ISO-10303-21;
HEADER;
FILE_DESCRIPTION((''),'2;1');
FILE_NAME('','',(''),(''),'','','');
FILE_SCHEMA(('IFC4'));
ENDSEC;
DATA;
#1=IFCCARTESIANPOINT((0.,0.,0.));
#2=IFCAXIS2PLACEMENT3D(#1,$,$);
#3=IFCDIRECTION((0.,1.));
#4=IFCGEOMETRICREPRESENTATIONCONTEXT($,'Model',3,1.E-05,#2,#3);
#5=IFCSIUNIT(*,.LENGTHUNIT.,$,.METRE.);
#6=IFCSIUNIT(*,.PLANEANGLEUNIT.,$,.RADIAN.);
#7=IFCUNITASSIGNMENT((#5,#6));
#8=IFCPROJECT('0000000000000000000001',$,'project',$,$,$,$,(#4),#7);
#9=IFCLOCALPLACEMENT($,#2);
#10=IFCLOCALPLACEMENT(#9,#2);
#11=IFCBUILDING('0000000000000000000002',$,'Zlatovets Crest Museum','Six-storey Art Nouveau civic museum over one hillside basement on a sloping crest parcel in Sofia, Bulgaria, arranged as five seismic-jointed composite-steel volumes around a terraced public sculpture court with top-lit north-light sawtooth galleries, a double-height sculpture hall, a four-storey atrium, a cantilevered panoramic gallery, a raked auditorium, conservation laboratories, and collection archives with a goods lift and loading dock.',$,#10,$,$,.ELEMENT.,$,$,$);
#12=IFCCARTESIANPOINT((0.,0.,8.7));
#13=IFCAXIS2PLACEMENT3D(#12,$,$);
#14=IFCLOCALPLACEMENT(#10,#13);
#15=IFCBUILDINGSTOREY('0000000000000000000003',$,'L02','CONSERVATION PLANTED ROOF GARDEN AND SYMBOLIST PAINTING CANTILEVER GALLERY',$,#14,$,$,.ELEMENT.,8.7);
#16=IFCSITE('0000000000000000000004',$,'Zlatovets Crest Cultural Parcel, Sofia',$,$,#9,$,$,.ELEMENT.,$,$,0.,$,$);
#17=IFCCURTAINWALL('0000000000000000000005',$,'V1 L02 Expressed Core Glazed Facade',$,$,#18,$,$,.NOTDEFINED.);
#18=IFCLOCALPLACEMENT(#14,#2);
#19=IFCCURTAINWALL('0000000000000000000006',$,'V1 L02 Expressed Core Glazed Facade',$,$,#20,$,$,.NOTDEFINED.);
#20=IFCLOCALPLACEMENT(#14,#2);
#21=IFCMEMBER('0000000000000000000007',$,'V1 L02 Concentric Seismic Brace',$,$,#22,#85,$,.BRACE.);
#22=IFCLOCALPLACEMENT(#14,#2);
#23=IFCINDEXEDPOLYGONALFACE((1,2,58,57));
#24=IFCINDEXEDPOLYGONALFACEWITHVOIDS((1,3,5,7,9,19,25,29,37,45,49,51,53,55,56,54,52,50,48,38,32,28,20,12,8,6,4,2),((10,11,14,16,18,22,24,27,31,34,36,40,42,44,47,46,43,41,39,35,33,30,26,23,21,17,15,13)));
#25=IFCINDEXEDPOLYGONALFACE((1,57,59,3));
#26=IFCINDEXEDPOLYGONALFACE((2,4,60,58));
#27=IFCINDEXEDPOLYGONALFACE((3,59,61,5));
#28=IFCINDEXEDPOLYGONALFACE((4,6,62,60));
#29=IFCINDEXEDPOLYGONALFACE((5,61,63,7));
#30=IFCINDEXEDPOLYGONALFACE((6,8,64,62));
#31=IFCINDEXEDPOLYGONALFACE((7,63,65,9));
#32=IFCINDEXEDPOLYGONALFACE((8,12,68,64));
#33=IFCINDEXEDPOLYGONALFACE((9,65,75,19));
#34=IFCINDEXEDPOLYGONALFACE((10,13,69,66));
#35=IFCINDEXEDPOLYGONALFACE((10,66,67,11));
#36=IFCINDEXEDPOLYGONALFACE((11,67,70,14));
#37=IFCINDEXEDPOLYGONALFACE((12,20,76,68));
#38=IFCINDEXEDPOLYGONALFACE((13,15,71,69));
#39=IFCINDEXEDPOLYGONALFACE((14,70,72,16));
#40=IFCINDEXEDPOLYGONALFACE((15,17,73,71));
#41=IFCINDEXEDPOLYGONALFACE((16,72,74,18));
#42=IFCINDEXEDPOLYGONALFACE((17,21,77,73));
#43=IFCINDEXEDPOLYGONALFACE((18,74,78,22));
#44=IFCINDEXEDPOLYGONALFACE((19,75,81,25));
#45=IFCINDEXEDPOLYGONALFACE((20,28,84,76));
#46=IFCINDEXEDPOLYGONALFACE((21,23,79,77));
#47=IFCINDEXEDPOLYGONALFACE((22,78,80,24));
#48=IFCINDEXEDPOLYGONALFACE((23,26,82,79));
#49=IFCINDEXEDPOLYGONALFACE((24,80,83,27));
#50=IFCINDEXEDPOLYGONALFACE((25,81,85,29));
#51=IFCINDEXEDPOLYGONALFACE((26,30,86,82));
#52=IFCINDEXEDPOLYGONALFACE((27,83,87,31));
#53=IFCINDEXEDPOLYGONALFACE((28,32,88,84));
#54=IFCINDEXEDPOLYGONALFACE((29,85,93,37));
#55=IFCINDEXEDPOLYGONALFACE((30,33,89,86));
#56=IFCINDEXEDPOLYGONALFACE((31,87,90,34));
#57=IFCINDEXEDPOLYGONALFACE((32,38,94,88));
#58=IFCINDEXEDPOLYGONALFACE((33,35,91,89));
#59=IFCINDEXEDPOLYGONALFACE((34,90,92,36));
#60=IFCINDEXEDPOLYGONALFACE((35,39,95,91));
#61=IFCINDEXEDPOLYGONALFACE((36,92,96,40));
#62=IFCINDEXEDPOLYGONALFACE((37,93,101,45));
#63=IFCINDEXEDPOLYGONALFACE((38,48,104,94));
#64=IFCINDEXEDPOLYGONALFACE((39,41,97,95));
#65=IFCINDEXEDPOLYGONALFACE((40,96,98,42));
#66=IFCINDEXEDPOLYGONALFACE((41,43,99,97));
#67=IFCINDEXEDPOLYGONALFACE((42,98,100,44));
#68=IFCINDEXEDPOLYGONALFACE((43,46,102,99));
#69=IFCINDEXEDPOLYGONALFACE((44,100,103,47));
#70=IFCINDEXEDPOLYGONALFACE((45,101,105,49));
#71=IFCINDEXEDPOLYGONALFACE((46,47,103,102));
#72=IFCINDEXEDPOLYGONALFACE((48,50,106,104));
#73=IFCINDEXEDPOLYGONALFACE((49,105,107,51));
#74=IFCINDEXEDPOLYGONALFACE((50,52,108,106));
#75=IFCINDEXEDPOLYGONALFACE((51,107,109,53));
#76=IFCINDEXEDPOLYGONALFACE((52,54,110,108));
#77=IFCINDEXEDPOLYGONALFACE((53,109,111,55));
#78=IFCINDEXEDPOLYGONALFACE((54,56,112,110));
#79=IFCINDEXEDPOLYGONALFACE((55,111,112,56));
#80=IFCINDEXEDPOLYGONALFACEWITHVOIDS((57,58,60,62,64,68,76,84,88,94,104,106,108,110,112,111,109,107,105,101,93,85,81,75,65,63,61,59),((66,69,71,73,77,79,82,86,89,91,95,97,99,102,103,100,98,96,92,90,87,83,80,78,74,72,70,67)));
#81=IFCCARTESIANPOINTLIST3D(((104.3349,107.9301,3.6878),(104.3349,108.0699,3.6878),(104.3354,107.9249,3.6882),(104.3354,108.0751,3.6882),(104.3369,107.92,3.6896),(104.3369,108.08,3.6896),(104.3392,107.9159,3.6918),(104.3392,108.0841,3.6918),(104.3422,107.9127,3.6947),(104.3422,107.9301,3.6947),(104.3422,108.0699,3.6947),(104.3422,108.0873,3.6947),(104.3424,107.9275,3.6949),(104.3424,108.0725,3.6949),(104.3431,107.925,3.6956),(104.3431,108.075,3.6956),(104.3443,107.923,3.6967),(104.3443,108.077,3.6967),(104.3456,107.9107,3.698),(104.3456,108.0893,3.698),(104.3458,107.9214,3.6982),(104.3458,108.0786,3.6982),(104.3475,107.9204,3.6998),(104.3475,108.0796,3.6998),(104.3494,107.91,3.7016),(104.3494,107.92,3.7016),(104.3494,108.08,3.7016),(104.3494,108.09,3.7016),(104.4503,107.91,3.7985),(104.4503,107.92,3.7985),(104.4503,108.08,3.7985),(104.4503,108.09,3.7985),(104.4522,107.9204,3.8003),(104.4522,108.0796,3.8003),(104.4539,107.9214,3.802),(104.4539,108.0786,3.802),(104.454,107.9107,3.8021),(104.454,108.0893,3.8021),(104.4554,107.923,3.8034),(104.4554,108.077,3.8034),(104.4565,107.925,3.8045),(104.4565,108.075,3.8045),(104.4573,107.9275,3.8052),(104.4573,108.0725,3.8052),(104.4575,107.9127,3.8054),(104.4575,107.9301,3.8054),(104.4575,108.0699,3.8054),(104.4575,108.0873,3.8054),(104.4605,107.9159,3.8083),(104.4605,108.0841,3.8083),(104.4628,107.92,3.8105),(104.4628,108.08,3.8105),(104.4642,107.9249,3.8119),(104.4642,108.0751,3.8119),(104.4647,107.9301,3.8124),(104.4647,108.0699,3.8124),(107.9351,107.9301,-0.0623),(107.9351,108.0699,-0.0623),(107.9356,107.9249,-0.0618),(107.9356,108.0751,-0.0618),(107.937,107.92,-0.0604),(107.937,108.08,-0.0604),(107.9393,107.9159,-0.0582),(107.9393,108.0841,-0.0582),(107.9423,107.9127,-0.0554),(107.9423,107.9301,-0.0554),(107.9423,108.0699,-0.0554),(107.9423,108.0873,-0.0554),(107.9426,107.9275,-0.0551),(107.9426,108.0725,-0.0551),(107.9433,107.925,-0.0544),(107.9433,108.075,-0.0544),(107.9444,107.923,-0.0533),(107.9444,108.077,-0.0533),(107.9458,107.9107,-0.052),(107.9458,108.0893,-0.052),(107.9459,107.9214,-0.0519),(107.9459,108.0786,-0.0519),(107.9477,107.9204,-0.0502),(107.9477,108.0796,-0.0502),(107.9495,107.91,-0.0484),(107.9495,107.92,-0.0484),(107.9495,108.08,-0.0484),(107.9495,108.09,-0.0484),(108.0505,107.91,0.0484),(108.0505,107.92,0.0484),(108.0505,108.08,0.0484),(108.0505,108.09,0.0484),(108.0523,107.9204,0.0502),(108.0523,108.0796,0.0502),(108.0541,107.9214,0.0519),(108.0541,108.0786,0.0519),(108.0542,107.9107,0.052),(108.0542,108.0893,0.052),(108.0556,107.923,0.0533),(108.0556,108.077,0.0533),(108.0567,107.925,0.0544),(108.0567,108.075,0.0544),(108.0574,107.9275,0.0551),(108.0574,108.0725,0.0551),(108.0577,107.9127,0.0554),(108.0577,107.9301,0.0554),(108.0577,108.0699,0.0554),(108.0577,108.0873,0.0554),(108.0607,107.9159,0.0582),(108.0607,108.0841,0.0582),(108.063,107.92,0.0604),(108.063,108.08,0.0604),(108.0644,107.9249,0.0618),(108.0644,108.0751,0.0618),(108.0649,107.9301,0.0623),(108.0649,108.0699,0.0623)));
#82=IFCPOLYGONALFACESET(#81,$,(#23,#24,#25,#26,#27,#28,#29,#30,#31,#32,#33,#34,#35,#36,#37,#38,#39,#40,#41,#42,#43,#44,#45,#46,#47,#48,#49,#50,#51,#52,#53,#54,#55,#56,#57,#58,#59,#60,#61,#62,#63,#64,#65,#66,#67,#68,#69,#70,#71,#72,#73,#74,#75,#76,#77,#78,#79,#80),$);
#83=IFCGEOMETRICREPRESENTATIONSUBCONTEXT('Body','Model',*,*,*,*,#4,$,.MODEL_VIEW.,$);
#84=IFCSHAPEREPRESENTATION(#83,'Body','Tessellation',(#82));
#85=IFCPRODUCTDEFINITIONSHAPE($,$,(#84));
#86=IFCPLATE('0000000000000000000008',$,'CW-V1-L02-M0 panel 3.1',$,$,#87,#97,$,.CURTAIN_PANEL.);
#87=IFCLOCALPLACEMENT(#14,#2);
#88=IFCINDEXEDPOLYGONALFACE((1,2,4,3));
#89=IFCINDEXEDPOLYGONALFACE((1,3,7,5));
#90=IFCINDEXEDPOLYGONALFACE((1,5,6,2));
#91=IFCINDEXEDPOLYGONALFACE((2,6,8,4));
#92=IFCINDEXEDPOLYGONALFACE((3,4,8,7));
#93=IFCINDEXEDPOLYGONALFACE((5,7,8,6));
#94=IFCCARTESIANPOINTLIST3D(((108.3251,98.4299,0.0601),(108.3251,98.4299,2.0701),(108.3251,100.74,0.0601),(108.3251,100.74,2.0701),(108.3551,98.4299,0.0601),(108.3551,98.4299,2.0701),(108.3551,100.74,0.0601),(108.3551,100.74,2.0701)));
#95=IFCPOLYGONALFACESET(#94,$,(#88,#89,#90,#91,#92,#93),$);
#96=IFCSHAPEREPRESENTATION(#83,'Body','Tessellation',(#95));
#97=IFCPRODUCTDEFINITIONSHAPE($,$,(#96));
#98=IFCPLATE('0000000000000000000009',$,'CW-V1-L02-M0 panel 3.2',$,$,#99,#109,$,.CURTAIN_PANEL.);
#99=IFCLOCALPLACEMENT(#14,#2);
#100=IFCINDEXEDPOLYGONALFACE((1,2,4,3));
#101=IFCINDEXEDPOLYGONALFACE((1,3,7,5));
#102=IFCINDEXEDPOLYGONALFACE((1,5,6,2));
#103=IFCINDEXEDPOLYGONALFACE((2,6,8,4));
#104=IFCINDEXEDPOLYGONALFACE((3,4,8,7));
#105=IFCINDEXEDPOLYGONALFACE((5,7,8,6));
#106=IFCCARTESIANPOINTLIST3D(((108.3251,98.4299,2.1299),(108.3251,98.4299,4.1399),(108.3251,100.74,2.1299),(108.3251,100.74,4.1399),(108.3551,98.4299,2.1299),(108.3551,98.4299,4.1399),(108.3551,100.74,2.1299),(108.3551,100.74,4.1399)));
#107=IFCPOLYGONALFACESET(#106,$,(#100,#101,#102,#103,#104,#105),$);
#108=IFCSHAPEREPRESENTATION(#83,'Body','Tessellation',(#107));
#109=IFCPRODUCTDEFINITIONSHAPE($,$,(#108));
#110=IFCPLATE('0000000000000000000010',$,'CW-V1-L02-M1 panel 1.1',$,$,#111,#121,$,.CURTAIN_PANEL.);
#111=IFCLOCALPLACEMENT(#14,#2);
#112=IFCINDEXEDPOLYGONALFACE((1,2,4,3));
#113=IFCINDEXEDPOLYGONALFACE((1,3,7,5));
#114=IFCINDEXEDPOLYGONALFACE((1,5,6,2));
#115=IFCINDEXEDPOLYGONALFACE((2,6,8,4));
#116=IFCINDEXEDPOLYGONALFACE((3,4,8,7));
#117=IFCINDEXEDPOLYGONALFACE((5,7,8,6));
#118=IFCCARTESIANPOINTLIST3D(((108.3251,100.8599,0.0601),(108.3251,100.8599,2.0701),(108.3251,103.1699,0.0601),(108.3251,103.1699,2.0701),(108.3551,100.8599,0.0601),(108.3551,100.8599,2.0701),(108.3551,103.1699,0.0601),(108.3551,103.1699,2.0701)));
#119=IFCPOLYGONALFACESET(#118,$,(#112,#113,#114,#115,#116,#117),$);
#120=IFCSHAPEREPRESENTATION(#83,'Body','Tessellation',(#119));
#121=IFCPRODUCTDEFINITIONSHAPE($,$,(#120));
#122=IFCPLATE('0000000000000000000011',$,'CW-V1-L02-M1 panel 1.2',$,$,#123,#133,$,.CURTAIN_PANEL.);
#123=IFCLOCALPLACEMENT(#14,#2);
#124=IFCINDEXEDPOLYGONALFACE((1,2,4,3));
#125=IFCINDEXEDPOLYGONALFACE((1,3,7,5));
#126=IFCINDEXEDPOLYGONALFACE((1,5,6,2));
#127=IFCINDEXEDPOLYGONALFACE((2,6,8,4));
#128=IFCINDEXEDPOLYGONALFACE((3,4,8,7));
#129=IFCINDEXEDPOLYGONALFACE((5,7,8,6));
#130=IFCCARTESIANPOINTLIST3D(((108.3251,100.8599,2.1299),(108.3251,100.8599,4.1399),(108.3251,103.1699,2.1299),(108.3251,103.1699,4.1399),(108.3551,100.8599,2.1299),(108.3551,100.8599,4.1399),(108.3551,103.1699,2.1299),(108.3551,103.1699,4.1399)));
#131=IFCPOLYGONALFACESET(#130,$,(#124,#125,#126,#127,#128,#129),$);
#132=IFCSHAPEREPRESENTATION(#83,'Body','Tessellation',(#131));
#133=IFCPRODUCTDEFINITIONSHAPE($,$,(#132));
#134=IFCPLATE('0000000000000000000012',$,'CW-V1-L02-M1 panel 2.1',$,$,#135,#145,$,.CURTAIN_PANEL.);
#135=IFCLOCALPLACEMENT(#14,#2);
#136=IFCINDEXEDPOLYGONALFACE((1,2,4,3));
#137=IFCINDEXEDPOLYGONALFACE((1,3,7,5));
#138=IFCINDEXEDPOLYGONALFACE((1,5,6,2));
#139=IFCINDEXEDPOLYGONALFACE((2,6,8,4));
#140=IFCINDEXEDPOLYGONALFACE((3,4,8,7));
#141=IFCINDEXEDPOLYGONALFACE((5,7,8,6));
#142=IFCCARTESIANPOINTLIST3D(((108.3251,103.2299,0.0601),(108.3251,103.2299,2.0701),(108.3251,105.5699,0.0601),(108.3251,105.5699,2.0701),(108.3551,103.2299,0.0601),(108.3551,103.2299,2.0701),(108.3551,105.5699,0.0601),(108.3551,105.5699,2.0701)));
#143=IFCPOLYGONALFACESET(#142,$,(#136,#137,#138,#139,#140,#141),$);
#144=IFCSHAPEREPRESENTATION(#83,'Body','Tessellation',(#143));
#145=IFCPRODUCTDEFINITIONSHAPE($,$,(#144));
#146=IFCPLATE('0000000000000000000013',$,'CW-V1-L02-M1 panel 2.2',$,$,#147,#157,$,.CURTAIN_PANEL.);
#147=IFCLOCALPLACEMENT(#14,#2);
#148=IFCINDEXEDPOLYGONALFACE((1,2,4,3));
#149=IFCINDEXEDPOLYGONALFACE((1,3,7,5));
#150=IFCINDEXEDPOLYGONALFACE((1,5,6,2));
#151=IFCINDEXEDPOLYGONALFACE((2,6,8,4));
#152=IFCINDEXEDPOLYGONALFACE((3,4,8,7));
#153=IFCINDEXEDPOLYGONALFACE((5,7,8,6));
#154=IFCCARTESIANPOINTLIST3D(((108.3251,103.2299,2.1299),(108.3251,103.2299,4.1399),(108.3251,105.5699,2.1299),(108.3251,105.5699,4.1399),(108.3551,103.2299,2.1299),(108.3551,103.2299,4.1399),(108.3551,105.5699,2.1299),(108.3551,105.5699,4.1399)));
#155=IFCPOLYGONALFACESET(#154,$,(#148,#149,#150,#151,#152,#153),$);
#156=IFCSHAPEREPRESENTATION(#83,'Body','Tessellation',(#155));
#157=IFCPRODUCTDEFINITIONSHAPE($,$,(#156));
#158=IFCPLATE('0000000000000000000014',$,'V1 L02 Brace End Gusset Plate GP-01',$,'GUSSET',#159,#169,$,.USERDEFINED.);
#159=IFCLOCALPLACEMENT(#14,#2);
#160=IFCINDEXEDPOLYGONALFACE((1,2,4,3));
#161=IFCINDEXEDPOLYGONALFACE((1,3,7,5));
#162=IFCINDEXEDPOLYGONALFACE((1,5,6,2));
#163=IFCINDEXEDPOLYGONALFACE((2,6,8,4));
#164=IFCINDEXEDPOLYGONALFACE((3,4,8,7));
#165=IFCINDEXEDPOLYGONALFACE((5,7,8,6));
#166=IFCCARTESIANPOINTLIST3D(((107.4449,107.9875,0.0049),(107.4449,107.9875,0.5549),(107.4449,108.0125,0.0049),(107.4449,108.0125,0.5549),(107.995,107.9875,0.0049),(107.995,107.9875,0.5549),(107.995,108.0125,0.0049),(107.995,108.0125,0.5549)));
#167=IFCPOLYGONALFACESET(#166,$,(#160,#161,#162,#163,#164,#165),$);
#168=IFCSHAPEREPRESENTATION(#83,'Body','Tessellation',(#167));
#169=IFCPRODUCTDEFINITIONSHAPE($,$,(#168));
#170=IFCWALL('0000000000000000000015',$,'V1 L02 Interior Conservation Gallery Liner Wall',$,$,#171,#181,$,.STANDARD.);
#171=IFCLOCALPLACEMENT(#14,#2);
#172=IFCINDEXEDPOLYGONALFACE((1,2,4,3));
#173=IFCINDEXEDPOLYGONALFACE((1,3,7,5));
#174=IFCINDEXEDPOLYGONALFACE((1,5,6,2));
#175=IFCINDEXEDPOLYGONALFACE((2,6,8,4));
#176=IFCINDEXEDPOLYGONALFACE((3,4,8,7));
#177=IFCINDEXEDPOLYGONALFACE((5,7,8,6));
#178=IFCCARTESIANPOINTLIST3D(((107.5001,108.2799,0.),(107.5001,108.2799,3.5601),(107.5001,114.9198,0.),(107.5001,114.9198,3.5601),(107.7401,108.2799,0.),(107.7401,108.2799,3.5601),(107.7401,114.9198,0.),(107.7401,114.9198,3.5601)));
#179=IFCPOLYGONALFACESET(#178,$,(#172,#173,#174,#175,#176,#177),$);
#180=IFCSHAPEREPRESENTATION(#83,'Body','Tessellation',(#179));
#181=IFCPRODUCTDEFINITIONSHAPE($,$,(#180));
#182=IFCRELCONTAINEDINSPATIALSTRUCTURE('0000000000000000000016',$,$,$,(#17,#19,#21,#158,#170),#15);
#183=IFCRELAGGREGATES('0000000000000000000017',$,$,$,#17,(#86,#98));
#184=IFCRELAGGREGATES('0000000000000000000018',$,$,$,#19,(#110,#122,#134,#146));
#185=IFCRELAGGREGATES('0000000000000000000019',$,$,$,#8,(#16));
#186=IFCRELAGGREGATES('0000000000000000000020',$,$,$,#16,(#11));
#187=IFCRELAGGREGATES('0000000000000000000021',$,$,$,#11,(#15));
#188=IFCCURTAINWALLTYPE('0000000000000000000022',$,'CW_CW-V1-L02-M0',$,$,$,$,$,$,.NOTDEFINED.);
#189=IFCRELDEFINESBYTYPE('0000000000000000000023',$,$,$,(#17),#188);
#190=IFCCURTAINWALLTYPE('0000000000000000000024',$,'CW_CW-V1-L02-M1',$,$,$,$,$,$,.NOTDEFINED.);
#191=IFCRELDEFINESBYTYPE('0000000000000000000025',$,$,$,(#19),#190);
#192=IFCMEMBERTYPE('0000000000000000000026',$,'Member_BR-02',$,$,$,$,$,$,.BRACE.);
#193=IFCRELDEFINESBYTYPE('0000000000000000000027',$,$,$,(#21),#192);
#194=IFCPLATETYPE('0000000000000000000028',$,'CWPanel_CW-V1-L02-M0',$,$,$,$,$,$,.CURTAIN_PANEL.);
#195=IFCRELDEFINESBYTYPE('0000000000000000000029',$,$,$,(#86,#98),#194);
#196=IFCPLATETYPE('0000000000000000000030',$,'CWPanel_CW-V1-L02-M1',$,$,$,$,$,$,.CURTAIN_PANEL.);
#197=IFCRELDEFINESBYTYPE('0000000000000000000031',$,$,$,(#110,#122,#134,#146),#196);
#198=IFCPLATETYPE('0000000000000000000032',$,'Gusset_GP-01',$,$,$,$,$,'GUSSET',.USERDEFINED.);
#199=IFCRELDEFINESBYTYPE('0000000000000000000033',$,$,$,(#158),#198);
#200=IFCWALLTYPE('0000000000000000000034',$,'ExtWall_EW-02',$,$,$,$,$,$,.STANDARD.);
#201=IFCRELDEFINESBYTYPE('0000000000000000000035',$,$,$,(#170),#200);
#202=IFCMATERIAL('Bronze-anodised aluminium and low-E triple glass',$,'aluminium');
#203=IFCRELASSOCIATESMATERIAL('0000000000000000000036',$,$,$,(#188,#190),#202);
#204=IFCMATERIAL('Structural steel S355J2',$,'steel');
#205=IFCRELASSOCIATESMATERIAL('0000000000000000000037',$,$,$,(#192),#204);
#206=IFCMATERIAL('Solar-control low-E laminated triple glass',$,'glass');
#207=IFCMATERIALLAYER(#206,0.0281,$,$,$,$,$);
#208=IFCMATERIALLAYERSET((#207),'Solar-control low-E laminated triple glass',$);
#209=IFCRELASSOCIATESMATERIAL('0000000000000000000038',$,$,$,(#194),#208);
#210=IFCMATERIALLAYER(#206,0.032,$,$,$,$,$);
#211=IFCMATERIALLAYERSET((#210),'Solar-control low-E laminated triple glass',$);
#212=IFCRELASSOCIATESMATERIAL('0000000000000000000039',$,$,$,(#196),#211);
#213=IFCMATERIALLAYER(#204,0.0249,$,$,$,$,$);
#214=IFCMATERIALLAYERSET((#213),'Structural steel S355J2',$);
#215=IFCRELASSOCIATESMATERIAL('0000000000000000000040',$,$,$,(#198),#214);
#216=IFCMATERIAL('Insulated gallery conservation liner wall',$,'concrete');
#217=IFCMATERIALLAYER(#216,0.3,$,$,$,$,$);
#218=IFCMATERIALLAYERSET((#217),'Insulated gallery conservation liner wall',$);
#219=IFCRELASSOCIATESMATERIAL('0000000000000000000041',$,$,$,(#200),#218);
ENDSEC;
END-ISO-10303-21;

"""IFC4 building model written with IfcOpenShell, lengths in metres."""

from ifc_helpers import new_model, si_unit, direction, frame, frame_2d, origin, origin_2d, place, context, subcontext, project, spatial, rectangle, hollow_rectangle, extrude, material, layer, layer_set, material_profile, profile_set, type_object, element, aggregate, save


model = new_model("IFC4")

# Units and contexts
model_context = context("Model", 3, precision=1e-05, world=origin(), true_north=direction((0.0, 1.0)))
body_context = subcontext(model_context, "Body", "Model", "MODEL_VIEW")
ifc_project = project(units=[si_unit("LENGTHUNIT", "METRE"), si_unit("PLANEANGLEUNIT", "RADIAN")], contexts=[model_context])

# Site, building, storey
site_placement = place(None, origin())
site = spatial("IfcSite", under=ifc_project, at=site_placement, Name="Zlatovets Crest Cultural Parcel, Sofia", CompositionType="ELEMENT", RefElevation=0.0)
building_placement = place(site_placement, origin())
building = spatial("IfcBuilding", under=site, at=building_placement, Name="Zlatovets Crest Museum", Description="Six-storey Art Nouveau civic museum over one hillside basement on a sloping crest parcel in Sofia, Bulgaria, arranged as five seismic-jointed composite-steel volumes around a terraced public sculpture court with top-lit north-light sawtooth galleries, a double-height sculpture hall, a four-storey atrium, a cantilevered panoramic gallery, a raked auditorium, conservation laboratories, and collection archives with a goods lift and loading dock.", CompositionType="ELEMENT")
storey_placement = place(building_placement, frame((0.0, 0.0, 8.7)))
storey = spatial("IfcBuildingStorey", under=building, at=storey_placement, Name="L02", Description="CONSERVATION PLANTED ROOF GARDEN AND SYMBOLIST PAINTING CANTILEVER GALLERY", CompositionType="ELEMENT", Elevation=8.7)

# Shared definitions
ifc_material_1 = material(Name="Structural steel S355J2", Category="steel")

# Curtain wall
ifc_material_2 = material(Name="Bronze-anodised aluminium and low-E triple glass", Category="aluminium")
curtain_wall_type_1 = type_object("IfcCurtainWallType", Name="CW_CW-V1-L02-M0", PredefinedType="NOTDEFINED", material=ifc_material_2)
curtain_wall_1_placement = place(storey_placement, origin())
curtain_wall_1 = element("IfcCurtainWall", 1, at=curtain_wall_1_placement, inside=storey, type_object=curtain_wall_type_1, Name="V1 L02 Expressed Core Glazed Facade", PredefinedType="NOTDEFINED")

# Curtain wall
curtain_wall_type_2 = type_object("IfcCurtainWallType", Name="CW_CW-V1-L02-M1", PredefinedType="NOTDEFINED", material=ifc_material_2)
curtain_wall_2_placement = place(storey_placement, origin())
curtain_wall_2 = element("IfcCurtainWall", 2, at=curtain_wall_2_placement, inside=storey, type_object=curtain_wall_type_2, Name="V1 L02 Expressed Core Glazed Facade", PredefinedType="NOTDEFINED")

# Member
ifc_material_profile_1 = material_profile(ifc_material_1, hollow_rectangle(XDim=0.1799, YDim=0.1799, WallThickness=0.01, InnerFilletRadius=0.01, OuterFilletRadius=0.02, at=origin_2d()), Name="SHS 180x180x10.0")
ifc_profile_set_1 = profile_set([ifc_material_profile_1], Name="Structural steel S355J2")
member_type_1 = type_object("IfcMemberType", Name="Member_BR-02", PredefinedType="BRACE", material=ifc_profile_set_1)
member_1_placement = place(storey_placement, frame((108.0, 108.0, 0.0), z_axis=(-0.692542, 0.0, 0.721378), x_axis=(0.0, -1.0, 0.0)))
element("IfcMember", 3, at=member_1_placement, inside=storey, type_object=member_type_1, Name="V1 L02 Concentric Seismic Brace", PredefinedType="BRACE", context=body_context, shape_type="SweptSolid", body=[
    extrude(hollow_rectangle(XDim=0.1799, YDim=0.1799, WallThickness=0.01, InnerFilletRadius=0.01, OuterFilletRadius=0.02, at=origin_2d()), origin(), (0.0, 0.0, 1.0), 5.1985),
])

# Plates
ifc_material_3 = material(Name="Solar-control low-E laminated triple glass", Category="glass")
ifc_layer_1 = layer(ifc_material_3, 0.0281)
ifc_layer_set_1 = layer_set([ifc_layer_1], Name="Solar-control low-E laminated triple glass")
plate_type_1 = type_object("IfcPlateType", Name="CWPanel_CW-V1-L02-M0", PredefinedType="CURTAIN_PANEL", material=ifc_layer_set_1)
plate_1_placement = place(storey_placement, frame((108.3401, 99.585, 0.0601), z_axis=(0.0, 0.0, 1.0), x_axis=(0.0, 1.0, 0.0)))
plate_1 = element("IfcPlate", 4, at=plate_1_placement, type_object=plate_type_1, Name="CW-V1-L02-M0 panel 3.1", PredefinedType="CURTAIN_PANEL", context=body_context, shape_type="SweptSolid", body=[
    extrude(rectangle(XDim=2.3101, YDim=0.03, at=origin_2d()), origin(), (0.0, 0.0, 1.0), 2.01),
])
plate_2_placement = place(storey_placement, frame((108.3401, 99.585, 2.1299), z_axis=(0.0, 0.0, 1.0), x_axis=(0.0, 1.0, 0.0)))
plate_2 = element("IfcPlate", 5, at=plate_2_placement, type_object=plate_type_1, Name="CW-V1-L02-M0 panel 3.2", PredefinedType="CURTAIN_PANEL", context=body_context, shape_type="SweptSolid", body=[
    extrude(rectangle(XDim=2.3101, YDim=0.03, at=origin_2d()), origin(), (0.0, 0.0, 1.0), 2.01),
])
aggregate(curtain_wall_1, [plate_1, plate_2])
ifc_layer_2 = layer(ifc_material_3, 0.032)
ifc_layer_set_2 = layer_set([ifc_layer_2], Name="Solar-control low-E laminated triple glass")
plate_type_2 = type_object("IfcPlateType", Name="CWPanel_CW-V1-L02-M1", PredefinedType="CURTAIN_PANEL", material=ifc_layer_set_2)
plate_3_placement = place(storey_placement, frame((108.3401, 102.0149, 0.0601), z_axis=(0.0, 0.0, 1.0), x_axis=(0.0, 1.0, 0.0)))
plate_3 = element("IfcPlate", 6, at=plate_3_placement, type_object=plate_type_2, Name="CW-V1-L02-M1 panel 1.1", PredefinedType="CURTAIN_PANEL", context=body_context, shape_type="SweptSolid", body=[
    extrude(rectangle(XDim=2.3101, YDim=0.03, at=origin_2d()), origin(), (0.0, 0.0, 1.0), 2.01),
])
plate_4_placement = place(storey_placement, frame((108.3401, 102.0149, 2.1299), z_axis=(0.0, 0.0, 1.0), x_axis=(0.0, 1.0, 0.0)))
plate_4 = element("IfcPlate", 7, at=plate_4_placement, type_object=plate_type_2, Name="CW-V1-L02-M1 panel 1.2", PredefinedType="CURTAIN_PANEL", context=body_context, shape_type="SweptSolid", body=[
    extrude(rectangle(XDim=2.3101, YDim=0.03, at=origin_2d()), origin(), (0.0, 0.0, 1.0), 2.01),
])
plate_5_placement = place(storey_placement, frame((108.3401, 104.3999, 0.0601), z_axis=(0.0, 0.0, 1.0), x_axis=(0.0, 1.0, 0.0)))
plate_5 = element("IfcPlate", 8, at=plate_5_placement, type_object=plate_type_2, Name="CW-V1-L02-M1 panel 2.1", PredefinedType="CURTAIN_PANEL", context=body_context, shape_type="SweptSolid", body=[
    extrude(rectangle(XDim=2.3401, YDim=0.03, at=origin_2d()), origin(), (0.0, 0.0, 1.0), 2.01),
])
plate_6_placement = place(storey_placement, frame((108.3401, 104.3999, 2.1299), z_axis=(0.0, 0.0, 1.0), x_axis=(0.0, 1.0, 0.0)))
plate_6 = element("IfcPlate", 9, at=plate_6_placement, type_object=plate_type_2, Name="CW-V1-L02-M1 panel 2.2", PredefinedType="CURTAIN_PANEL", context=body_context, shape_type="SweptSolid", body=[
    extrude(rectangle(XDim=2.3401, YDim=0.03, at=origin_2d()), origin(), (0.0, 0.0, 1.0), 2.01),
])
aggregate(curtain_wall_2, [plate_3, plate_4, plate_5, plate_6])
ifc_layer_3 = layer(ifc_material_1, 0.0249)
ifc_layer_set_3 = layer_set([ifc_layer_3], Name="Structural steel S355J2")
plate_type_3 = type_object("IfcPlateType", Name="Gusset_GP-01", ElementType="GUSSET", PredefinedType="USERDEFINED", material=ifc_layer_set_3)
plate_7_placement = place(storey_placement, frame((107.72, 108.0, 0.0049), z_axis=(0.0, 0.0, 1.0), x_axis=(1.0, 0.0, 0.0)))
element("IfcPlate", 10, at=plate_7_placement, inside=storey, type_object=plate_type_3, Name="V1 L02 Brace End Gusset Plate GP-01", ObjectType="GUSSET", PredefinedType="USERDEFINED", context=body_context, shape_type="SweptSolid", body=[
    extrude(rectangle(XDim=0.55, YDim=0.0249, at=origin_2d()), origin(), (0.0, 0.0, 1.0), 0.55),
])

# Wall
ifc_material_4 = material(Name="Insulated gallery conservation liner wall", Category="concrete")
ifc_layer_4 = layer(ifc_material_4, 0.3)
ifc_layer_set_4 = layer_set([ifc_layer_4], Name="Insulated gallery conservation liner wall")
wall_type = type_object("IfcWallType", Name="ExtWall_EW-02", PredefinedType="STANDARD", material=ifc_layer_set_4)
wall_placement = place(storey_placement, frame((107.6201, 108.28, 0.0), z_axis=(0.0, 0.0, 1.0), x_axis=(0.0, 1.0, 0.0)))
element("IfcWall", 11, at=wall_placement, inside=storey, type_object=wall_type, Name="V1 L02 Interior Conservation Gallery Liner Wall", PredefinedType="STANDARD", context=body_context, shape_type="SweptSolid", body=[
    extrude(rectangle(XDim=6.6399, YDim=0.24, at=frame_2d((3.3198, 0.0))), origin(), (0.0, 0.0, 1.0), 3.5601),
])

save(model, "model.ifc")
